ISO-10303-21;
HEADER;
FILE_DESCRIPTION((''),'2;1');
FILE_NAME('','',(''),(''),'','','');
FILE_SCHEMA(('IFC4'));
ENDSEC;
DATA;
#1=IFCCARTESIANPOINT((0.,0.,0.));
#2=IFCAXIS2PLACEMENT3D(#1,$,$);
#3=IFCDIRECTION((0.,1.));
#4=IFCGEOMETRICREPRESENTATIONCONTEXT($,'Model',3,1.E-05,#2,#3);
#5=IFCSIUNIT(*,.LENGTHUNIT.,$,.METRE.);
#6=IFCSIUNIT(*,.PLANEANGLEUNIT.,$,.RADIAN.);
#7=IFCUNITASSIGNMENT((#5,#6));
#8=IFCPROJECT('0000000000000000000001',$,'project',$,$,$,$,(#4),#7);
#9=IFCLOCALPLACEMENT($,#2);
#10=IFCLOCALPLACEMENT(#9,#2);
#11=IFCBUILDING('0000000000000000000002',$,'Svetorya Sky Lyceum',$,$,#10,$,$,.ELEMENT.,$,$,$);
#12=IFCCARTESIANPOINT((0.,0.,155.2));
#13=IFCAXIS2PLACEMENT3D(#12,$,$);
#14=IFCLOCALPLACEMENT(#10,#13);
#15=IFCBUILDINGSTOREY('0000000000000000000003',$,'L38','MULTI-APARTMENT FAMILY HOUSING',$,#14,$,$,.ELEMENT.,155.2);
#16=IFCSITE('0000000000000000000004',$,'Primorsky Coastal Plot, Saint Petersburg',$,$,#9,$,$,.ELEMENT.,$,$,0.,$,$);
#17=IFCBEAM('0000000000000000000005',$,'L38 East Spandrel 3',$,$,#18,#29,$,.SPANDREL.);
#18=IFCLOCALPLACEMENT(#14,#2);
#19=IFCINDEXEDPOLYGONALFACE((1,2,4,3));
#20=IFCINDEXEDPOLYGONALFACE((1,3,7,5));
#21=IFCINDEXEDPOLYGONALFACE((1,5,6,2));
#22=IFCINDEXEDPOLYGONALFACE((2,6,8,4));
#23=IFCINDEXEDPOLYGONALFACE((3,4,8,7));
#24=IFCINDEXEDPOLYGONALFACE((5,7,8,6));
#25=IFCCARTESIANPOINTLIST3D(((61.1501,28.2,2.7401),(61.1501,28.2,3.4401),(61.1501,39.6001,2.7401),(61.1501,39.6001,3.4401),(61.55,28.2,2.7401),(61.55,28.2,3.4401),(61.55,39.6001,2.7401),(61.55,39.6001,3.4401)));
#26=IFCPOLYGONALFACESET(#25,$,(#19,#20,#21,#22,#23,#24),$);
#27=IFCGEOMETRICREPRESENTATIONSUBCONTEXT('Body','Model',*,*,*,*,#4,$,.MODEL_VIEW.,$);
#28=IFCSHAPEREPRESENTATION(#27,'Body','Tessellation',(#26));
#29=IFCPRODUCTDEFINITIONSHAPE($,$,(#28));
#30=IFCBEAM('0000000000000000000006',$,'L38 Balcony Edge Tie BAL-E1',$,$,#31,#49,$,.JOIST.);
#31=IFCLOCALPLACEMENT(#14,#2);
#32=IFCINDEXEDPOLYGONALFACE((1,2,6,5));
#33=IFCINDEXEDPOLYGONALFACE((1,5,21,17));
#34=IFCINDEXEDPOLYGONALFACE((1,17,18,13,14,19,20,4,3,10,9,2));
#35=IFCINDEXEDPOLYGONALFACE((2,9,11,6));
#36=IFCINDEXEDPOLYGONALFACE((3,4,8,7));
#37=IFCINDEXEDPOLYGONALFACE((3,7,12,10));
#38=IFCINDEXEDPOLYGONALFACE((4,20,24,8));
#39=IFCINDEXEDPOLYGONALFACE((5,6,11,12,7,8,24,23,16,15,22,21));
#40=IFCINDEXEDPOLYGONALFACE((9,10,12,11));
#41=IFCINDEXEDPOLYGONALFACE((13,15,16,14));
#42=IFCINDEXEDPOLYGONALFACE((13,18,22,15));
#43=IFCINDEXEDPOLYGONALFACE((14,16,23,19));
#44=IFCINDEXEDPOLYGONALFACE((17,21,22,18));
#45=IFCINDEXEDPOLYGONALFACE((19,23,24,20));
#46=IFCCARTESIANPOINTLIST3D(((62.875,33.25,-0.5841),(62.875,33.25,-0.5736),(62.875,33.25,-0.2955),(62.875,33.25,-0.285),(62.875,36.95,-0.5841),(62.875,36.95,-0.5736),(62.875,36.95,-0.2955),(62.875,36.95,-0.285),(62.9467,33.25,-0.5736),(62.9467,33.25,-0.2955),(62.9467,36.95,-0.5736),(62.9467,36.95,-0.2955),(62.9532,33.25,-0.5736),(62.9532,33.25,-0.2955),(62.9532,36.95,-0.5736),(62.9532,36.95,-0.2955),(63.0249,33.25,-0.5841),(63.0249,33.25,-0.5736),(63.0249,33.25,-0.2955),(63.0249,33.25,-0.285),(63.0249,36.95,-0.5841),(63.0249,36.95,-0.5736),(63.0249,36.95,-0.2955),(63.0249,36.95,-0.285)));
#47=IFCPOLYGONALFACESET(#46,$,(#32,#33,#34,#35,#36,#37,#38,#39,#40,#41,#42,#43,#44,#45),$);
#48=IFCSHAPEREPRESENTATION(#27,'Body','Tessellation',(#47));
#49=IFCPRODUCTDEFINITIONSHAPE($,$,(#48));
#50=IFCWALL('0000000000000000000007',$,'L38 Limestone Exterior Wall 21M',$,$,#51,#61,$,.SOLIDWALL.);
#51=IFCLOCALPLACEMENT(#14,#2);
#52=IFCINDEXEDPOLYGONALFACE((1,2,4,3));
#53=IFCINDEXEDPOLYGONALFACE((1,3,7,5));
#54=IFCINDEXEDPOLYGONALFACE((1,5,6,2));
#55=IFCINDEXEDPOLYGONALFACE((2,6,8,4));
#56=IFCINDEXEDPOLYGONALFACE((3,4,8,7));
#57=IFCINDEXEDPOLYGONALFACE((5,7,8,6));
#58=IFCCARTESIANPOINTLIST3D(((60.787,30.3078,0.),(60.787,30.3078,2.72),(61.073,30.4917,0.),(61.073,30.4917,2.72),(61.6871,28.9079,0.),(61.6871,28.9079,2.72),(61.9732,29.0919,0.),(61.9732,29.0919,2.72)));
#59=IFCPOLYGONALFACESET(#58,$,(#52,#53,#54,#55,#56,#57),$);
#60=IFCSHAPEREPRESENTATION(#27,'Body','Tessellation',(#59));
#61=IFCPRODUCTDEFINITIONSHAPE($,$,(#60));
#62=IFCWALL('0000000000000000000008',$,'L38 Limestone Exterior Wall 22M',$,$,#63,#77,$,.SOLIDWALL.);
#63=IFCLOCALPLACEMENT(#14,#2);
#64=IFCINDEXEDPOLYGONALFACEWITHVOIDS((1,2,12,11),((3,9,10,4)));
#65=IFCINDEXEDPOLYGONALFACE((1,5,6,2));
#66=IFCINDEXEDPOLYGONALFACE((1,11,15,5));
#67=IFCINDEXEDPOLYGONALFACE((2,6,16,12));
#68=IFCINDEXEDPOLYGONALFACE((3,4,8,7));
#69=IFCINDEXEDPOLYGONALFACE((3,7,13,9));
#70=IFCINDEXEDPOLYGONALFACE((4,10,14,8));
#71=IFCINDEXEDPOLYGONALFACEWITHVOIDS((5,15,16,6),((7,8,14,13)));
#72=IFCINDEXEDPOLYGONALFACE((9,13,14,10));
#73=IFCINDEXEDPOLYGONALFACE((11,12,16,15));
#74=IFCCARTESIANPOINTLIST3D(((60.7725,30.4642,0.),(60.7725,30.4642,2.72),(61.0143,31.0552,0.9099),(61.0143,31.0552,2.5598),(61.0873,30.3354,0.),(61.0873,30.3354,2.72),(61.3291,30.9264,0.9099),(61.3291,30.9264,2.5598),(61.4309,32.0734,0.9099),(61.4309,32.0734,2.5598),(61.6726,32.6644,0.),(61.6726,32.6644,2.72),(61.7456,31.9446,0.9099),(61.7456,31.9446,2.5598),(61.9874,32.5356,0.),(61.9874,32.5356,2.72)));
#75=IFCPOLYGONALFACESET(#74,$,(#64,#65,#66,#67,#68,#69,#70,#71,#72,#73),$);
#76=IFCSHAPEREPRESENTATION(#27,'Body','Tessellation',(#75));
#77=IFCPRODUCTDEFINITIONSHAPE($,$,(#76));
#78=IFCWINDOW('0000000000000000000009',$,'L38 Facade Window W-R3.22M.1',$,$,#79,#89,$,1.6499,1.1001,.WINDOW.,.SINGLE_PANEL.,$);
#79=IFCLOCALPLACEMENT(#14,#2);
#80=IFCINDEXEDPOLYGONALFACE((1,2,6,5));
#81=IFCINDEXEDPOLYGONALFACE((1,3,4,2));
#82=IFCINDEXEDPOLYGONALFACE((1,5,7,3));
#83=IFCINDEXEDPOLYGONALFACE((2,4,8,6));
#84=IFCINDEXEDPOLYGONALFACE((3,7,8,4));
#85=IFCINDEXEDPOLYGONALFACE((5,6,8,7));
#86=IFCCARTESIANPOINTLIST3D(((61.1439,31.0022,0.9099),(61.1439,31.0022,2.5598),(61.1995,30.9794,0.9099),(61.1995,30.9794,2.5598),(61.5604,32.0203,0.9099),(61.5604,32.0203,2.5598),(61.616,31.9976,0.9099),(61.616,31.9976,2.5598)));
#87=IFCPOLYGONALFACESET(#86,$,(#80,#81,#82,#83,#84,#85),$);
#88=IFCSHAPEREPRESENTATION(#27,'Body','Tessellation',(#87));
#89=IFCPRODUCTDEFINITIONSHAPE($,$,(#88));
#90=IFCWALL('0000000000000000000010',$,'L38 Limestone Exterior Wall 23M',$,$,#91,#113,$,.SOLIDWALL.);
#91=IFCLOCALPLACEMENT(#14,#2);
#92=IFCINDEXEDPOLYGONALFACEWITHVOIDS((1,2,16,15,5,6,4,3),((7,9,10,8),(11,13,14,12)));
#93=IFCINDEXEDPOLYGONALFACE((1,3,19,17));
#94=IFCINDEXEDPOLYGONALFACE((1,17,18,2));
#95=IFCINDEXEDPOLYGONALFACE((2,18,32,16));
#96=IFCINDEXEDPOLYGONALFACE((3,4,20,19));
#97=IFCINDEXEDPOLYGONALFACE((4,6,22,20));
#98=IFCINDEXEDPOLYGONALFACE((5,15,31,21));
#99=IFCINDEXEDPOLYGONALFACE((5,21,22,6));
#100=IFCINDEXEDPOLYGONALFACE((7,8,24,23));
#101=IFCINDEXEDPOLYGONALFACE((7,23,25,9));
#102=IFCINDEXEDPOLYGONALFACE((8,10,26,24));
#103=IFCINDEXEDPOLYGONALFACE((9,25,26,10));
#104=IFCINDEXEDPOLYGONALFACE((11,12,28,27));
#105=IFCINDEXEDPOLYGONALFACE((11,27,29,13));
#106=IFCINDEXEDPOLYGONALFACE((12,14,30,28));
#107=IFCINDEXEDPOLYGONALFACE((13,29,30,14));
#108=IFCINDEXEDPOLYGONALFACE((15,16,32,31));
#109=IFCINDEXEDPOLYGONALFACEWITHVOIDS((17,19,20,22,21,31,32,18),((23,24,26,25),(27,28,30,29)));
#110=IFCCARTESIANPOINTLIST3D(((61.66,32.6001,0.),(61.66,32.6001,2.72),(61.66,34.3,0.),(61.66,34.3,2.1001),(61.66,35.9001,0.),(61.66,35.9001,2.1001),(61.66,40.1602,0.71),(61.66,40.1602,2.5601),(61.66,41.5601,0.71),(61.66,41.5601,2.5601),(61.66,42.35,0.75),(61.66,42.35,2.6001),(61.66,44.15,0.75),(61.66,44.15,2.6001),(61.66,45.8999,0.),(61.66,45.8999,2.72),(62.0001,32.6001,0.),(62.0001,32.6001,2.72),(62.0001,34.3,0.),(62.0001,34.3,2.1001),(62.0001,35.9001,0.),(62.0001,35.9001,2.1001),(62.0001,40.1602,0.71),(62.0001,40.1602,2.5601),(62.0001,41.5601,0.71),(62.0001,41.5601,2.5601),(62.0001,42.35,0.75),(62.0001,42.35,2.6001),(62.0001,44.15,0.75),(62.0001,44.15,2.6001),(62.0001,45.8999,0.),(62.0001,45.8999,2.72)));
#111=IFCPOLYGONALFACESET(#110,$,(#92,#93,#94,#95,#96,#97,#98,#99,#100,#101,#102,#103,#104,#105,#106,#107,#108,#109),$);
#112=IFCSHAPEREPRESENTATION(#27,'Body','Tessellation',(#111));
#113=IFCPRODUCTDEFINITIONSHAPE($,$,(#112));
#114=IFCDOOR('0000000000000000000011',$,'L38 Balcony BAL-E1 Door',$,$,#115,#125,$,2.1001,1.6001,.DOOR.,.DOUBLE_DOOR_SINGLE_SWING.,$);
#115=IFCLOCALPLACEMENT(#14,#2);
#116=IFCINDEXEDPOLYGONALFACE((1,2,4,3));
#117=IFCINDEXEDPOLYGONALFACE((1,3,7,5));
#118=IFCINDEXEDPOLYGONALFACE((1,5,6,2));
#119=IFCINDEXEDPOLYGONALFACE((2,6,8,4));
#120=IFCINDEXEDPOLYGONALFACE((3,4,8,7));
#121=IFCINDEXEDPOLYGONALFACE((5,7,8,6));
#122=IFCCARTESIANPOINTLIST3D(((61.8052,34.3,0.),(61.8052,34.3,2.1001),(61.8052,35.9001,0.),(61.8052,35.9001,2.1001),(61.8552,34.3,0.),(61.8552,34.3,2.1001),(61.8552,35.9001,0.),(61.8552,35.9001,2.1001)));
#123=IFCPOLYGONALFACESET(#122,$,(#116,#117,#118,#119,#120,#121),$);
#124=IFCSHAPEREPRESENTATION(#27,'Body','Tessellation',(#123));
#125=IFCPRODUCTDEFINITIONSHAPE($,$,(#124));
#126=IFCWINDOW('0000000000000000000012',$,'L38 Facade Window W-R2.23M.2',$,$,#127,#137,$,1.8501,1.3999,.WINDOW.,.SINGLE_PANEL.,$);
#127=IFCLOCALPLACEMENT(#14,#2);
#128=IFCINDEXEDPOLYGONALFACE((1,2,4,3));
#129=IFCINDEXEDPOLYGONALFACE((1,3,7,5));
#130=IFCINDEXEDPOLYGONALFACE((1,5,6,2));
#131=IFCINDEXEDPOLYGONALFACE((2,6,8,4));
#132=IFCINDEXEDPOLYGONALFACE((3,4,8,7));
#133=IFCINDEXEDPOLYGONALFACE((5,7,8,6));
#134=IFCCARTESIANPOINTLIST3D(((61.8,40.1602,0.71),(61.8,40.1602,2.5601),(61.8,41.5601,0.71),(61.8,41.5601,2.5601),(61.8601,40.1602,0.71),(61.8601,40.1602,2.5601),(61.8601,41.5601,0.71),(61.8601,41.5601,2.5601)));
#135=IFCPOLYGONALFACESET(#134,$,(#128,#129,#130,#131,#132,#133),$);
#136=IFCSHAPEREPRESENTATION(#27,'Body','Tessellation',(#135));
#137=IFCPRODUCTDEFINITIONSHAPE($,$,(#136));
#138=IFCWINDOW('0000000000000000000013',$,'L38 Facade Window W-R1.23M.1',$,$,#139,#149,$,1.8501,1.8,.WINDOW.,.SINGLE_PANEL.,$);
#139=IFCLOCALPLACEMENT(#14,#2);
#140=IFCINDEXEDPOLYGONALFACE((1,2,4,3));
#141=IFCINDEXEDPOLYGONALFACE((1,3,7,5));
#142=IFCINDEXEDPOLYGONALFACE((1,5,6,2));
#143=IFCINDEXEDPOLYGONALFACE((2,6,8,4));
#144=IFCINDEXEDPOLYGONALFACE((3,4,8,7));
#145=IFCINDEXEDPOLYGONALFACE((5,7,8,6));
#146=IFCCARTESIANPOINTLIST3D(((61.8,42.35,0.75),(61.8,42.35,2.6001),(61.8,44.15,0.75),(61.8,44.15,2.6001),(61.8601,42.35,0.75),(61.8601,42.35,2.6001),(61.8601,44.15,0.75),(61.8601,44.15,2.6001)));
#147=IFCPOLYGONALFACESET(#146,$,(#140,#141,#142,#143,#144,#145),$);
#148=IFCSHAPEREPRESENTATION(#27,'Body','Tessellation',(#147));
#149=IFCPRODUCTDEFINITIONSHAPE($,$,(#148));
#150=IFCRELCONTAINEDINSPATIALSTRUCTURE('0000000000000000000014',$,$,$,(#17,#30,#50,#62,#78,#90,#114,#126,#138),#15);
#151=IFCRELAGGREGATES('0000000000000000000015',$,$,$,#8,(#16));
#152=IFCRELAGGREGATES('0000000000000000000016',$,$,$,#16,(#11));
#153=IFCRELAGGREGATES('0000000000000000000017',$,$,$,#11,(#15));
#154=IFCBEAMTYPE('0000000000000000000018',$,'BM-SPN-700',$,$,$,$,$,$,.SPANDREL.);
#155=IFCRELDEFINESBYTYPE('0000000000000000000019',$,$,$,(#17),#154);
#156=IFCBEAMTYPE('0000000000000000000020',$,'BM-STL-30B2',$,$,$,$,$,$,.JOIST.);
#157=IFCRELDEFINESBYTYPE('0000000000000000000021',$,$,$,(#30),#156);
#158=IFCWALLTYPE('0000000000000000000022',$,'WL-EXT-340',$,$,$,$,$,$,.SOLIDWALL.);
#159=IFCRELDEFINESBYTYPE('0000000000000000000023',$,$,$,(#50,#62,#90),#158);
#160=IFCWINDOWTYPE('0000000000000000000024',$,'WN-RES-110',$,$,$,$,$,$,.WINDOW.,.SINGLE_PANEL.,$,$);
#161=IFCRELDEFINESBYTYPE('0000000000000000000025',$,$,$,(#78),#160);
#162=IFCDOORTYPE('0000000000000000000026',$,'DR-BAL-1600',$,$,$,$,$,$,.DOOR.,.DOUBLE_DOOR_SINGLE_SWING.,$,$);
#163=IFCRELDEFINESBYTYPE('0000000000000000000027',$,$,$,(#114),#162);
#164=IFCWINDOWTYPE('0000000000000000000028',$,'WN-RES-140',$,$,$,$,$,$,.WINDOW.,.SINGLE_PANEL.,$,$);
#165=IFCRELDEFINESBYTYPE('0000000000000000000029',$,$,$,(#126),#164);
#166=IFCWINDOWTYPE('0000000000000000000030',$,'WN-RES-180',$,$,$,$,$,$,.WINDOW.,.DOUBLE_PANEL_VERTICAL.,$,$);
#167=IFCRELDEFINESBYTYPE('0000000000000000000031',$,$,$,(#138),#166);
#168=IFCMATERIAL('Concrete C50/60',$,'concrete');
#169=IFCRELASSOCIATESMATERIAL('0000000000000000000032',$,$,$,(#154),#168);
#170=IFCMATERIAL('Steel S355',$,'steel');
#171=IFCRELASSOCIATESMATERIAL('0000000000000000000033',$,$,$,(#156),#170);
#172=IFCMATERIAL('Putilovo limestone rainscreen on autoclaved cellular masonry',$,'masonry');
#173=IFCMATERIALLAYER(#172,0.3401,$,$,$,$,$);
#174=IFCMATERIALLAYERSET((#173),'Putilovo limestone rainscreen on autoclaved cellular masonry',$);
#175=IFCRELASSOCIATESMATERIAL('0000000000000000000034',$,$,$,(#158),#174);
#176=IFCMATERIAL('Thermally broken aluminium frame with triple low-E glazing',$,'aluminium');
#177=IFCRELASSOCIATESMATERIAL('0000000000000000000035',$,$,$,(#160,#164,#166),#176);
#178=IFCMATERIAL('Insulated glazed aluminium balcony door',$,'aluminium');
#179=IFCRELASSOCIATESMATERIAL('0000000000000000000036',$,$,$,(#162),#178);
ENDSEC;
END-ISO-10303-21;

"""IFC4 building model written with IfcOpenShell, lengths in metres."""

from ifc_helpers import new_model, si_unit, direction, frame, frame_2d, origin, origin_2d, place, context, subcontext, project, spatial, rectangle, i_section, extrude, material, layer, layer_set, material_profile, profile_set, type_object, element, fill, save


model = new_model("IFC4")

# Units and contexts
model_context = context("Model", 3, precision=1e-05, world=origin(), true_north=direction((0.0, 1.0)))
body_context = subcontext(model_context, "Body", "Model", "MODEL_VIEW")
ifc_project = project(units=[si_unit("LENGTHUNIT", "METRE"), si_unit("PLANEANGLEUNIT", "RADIAN")], contexts=[model_context])

# Site, building, storey
site_placement = place(None, origin())
site = spatial("IfcSite", under=ifc_project, at=site_placement, Name="Primorsky Coastal Plot, Saint Petersburg", CompositionType="ELEMENT", RefElevation=0.0)
building_placement = place(site_placement, origin())
building = spatial("IfcBuilding", under=site, at=building_placement, Name="Svetorya Sky Lyceum", CompositionType="ELEMENT")
storey_placement = place(building_placement, frame((0.0, 0.0, 155.2)))
storey = spatial("IfcBuildingStorey", under=building, at=storey_placement, Name="L38", Description="MULTI-APARTMENT FAMILY HOUSING", CompositionType="ELEMENT", Elevation=155.2)

# Beams
ifc_material_1 = material(Name="Concrete C50/60", Category="concrete")
ifc_material_profile_1 = material_profile(ifc_material_1, rectangle(XDim=0.3999, YDim=0.7, at=origin_2d()), Name="RC SPANDREL 400x700")
ifc_profile_set_1 = profile_set([ifc_material_profile_1], Name="Concrete C50/60")
beam_type_1 = type_object("IfcBeamType", Name="BM-SPN-700", PredefinedType="SPANDREL", material=ifc_profile_set_1)
beam_1_placement = place(storey_placement, frame((61.3501, 28.2, 3.0901), z_axis=(0.0, 1.0, 0.0), x_axis=(-1.0, 0.0, 0.0)))
element("IfcBeam", 1, at=beam_1_placement, inside=storey, type_object=beam_type_1, Name="L38 East Spandrel 3", PredefinedType="SPANDREL", context=body_context, shape_type="SweptSolid", body=[
    extrude(rectangle(XDim=0.3999, YDim=0.7, at=origin_2d()), origin(), (0.0, 0.0, 1.0), 11.4001),
])
ifc_material_2 = material(Name="Steel S355", Category="steel")
ifc_material_profile_2 = material_profile(ifc_material_2, i_section(OverallWidth=0.1499, OverallDepth=0.2991, WebThickness=0.0066, FlangeThickness=0.0105, at=origin_2d()), Name="GOST 30B2")
ifc_profile_set_2 = profile_set([ifc_material_profile_2], Name="Steel S355")
beam_type_2 = type_object("IfcBeamType", Name="BM-STL-30B2", PredefinedType="JOIST", material=ifc_profile_set_2)
beam_2_placement = place(storey_placement, frame((62.95, 33.25, -0.4346), z_axis=(0.0, 1.0, 0.0), x_axis=(-1.0, 0.0, 0.0)))
element("IfcBeam", 2, at=beam_2_placement, inside=storey, type_object=beam_type_2, Name="L38 Balcony Edge Tie BAL-E1", PredefinedType="JOIST", context=body_context, shape_type="SweptSolid", body=[
    extrude(i_section(OverallWidth=0.1499, OverallDepth=0.2991, WebThickness=0.0066, FlangeThickness=0.0105, at=origin_2d()), origin(), (0.0, 0.0, 1.0), 3.7),
])

# Wall
ifc_material_3 = material(Name="Putilovo limestone rainscreen on autoclaved cellular masonry", Category="masonry")
ifc_layer_1 = layer(ifc_material_3, 0.3401)
ifc_layer_set_1 = layer_set([ifc_layer_1], Name="Putilovo limestone rainscreen on autoclaved cellular masonry")
wall_type_1 = type_object("IfcWallType", Name="WL-EXT-340", PredefinedType="SOLIDWALL", material=ifc_layer_set_1)
wall_1_placement = place(storey_placement, frame((61.8301, 29.0, 0.0), z_axis=(0.0, 0.0, 1.0), x_axis=(-0.540847, 0.841121, 0.0)))
element("IfcWall", 3, at=wall_1_placement, inside=storey, type_object=wall_type_1, Name="L38 Limestone Exterior Wall 21M", PredefinedType="SOLIDWALL", context=body_context, shape_type="SweptSolid", body=[
    extrude(rectangle(XDim=1.6643, YDim=0.3401, at=frame_2d((0.832, 0.0))), origin(), (0.0, 0.0, 1.0), 2.72),
])

# Wall, opening, window
wall_2_placement = place(storey_placement, frame((60.9299, 30.3999, 0.0), z_axis=(0.0, 0.0, 1.0), x_axis=(0.378657, 0.925537, 0.0)))
wall_2 = element("IfcWall", 4, at=wall_2_placement, inside=storey, type_object=wall_type_1, Name="L38 Limestone Exterior Wall 22M", PredefinedType="SOLIDWALL", context=body_context, shape_type="SweptSolid", body=[
    extrude(rectangle(XDim=2.3772, YDim=0.3401, at=frame_2d((1.1885, 0.0))), origin(), (0.0, 0.0, 1.0), 2.72),
])
opening_1_placement = place(wall_2_placement, frame((0.6384, 0.0, 0.9099)))
opening_1 = element("IfcOpeningElement", 5, at=opening_1_placement, cuts=wall_2, PredefinedType="OPENING", context=body_context, shape_type="SweptSolid", body=[
    extrude(rectangle(XDim=1.1001, YDim=1.6499, at=frame_2d((0.55, 0.825))), frame((0.0, 0.1799, 0.0), z_axis=(0.0, -1.0, 0.0), x_axis=(1.0, 0.0, 0.0)), (0.0, 0.0, 1.0), 0.3601),
])
ifc_material_4 = material(Name="Thermally broken aluminium frame with triple low-E glazing", Category="aluminium")
window_type_1 = type_object("IfcWindowType", Name="WN-RES-110", PartitioningType="SINGLE_PANEL", PredefinedType="WINDOW", material=ifc_material_4)
window_1_placement = place(opening_1_placement, origin())
window_1 = element("IfcWindow", 6, at=window_1_placement, inside=storey, type_object=window_type_1, Name="L38 Facade Window W-R3.22M.1", OverallHeight=1.6499, OverallWidth=1.1001, PartitioningType="SINGLE_PANEL", PredefinedType="WINDOW", context=body_context, shape_type="SweptSolid", body=[
    extrude(rectangle(XDim=1.1001, YDim=1.6499, at=frame_2d((0.55, 0.825))), frame((0.0, 0.03, 0.0), z_axis=(0.0, -1.0, 0.0), x_axis=(1.0, 0.0, 0.0)), (0.0, 0.0, 1.0), 0.0601),
])
fill(opening_1, window_1)

# Wall, openings, door, windows
wall_3_placement = place(storey_placement, frame((61.8301, 32.6001, 0.0), z_axis=(0.0, 0.0, 1.0), x_axis=(0.0, 1.0, 0.0)))
wall_3 = element("IfcWall", 7, at=wall_3_placement, inside=storey, type_object=wall_type_1, Name="L38 Limestone Exterior Wall 23M", PredefinedType="SOLIDWALL", context=body_context, shape_type="SweptSolid", body=[
    extrude(rectangle(XDim=13.2998, YDim=0.3401, at=frame_2d((6.6499, 0.0))), origin(), (0.0, 0.0, 1.0), 2.72),
])
opening_2_placement = place(wall_3_placement, frame((1.7, 0.0, 0.0)))
opening_2 = element("IfcOpeningElement", 8, at=opening_2_placement, cuts=wall_3, PredefinedType="OPENING", context=body_context, shape_type="SweptSolid", body=[
    extrude(rectangle(XDim=1.6001, YDim=2.1001, at=frame_2d((0.8, 1.05))), frame((0.0, 0.1799, 0.0), z_axis=(0.0, -1.0, 0.0), x_axis=(1.0, 0.0, 0.0)), (0.0, 0.0, 1.0), 0.3601),
])
opening_3_placement = place(wall_3_placement, frame((7.5601, 0.0, 0.71)))
opening_3 = element("IfcOpeningElement", 9, at=opening_3_placement, cuts=wall_3, PredefinedType="OPENING", context=body_context, shape_type="SweptSolid", body=[
    extrude(rectangle(XDim=1.3999, YDim=1.8501, at=frame_2d((0.7, 0.925))), frame((0.0, 0.1799, 0.0), z_axis=(0.0, -1.0, 0.0), x_axis=(1.0, 0.0, 0.0)), (0.0, 0.0, 1.0), 0.3601),
])
opening_4_placement = place(wall_3_placement, frame((9.75, 0.0, 0.75)))
opening_4 = element("IfcOpeningElement", 10, at=opening_4_placement, cuts=wall_3, PredefinedType="OPENING", context=body_context, shape_type="SweptSolid", body=[
    extrude(rectangle(XDim=1.8, YDim=1.8501, at=frame_2d((0.8999, 0.925))), frame((0.0, 0.1799, 0.0), z_axis=(0.0, -1.0, 0.0), x_axis=(1.0, 0.0, 0.0)), (0.0, 0.0, 1.0), 0.3601),
])
ifc_material_5 = material(Name="Insulated glazed aluminium balcony door", Category="aluminium")
door_type_1 = type_object("IfcDoorType", Name="DR-BAL-1600", OperationType="DOUBLE_DOOR_SINGLE_SWING", PredefinedType="DOOR", material=ifc_material_5)
door_1_placement = place(opening_2_placement, origin())
door_1 = element("IfcDoor", 11, at=door_1_placement, inside=storey, type_object=door_type_1, Name="L38 Balcony BAL-E1 Door", OperationType="DOUBLE_DOOR_SINGLE_SWING", OverallHeight=2.1001, OverallWidth=1.6001, PredefinedType="DOOR", context=body_context, shape_type="SweptSolid", body=[
    extrude(rectangle(XDim=1.6001, YDim=2.1001, at=frame_2d((0.8, 1.05))), frame((0.0, 0.0249, 0.0), z_axis=(0.0, -1.0, 0.0), x_axis=(1.0, 0.0, 0.0)), (0.0, 0.0, 1.0), 0.05),
])
fill(opening_2, door_1)
window_type_2 = type_object("IfcWindowType", Name="WN-RES-140", PartitioningType="SINGLE_PANEL", PredefinedType="WINDOW", material=ifc_material_4)
window_2_placement = place(opening_3_placement, origin())
window_2 = element("IfcWindow", 12, at=window_2_placement, inside=storey, type_object=window_type_2, Name="L38 Facade Window W-R2.23M.2", OverallHeight=1.8501, OverallWidth=1.3999, PartitioningType="SINGLE_PANEL", PredefinedType="WINDOW", context=body_context, shape_type="SweptSolid", body=[
    extrude(rectangle(XDim=1.3999, YDim=1.8501, at=frame_2d((0.7, 0.925))), frame((0.0, 0.03, 0.0), z_axis=(0.0, -1.0, 0.0), x_axis=(1.0, 0.0, 0.0)), (0.0, 0.0, 1.0), 0.0601),
])
fill(opening_3, window_2)
window_type_3 = type_object("IfcWindowType", Name="WN-RES-180", PartitioningType="DOUBLE_PANEL_VERTICAL", PredefinedType="WINDOW", material=ifc_material_4)
window_3_placement = place(opening_4_placement, origin())
window_3 = element("IfcWindow", 13, at=window_3_placement, inside=storey, type_object=window_type_3, Name="L38 Facade Window W-R1.23M.1", OverallHeight=1.8501, OverallWidth=1.8, PartitioningType="SINGLE_PANEL", PredefinedType="WINDOW", context=body_context, shape_type="SweptSolid", body=[
    extrude(rectangle(XDim=1.8, YDim=1.8501, at=frame_2d((0.8999, 0.925))), frame((0.0, 0.03, 0.0), z_axis=(0.0, -1.0, 0.0), x_axis=(1.0, 0.0, 0.0)), (0.0, 0.0, 1.0), 0.0601),
])
fill(opening_4, window_3)

save(model, "model.ifc")
